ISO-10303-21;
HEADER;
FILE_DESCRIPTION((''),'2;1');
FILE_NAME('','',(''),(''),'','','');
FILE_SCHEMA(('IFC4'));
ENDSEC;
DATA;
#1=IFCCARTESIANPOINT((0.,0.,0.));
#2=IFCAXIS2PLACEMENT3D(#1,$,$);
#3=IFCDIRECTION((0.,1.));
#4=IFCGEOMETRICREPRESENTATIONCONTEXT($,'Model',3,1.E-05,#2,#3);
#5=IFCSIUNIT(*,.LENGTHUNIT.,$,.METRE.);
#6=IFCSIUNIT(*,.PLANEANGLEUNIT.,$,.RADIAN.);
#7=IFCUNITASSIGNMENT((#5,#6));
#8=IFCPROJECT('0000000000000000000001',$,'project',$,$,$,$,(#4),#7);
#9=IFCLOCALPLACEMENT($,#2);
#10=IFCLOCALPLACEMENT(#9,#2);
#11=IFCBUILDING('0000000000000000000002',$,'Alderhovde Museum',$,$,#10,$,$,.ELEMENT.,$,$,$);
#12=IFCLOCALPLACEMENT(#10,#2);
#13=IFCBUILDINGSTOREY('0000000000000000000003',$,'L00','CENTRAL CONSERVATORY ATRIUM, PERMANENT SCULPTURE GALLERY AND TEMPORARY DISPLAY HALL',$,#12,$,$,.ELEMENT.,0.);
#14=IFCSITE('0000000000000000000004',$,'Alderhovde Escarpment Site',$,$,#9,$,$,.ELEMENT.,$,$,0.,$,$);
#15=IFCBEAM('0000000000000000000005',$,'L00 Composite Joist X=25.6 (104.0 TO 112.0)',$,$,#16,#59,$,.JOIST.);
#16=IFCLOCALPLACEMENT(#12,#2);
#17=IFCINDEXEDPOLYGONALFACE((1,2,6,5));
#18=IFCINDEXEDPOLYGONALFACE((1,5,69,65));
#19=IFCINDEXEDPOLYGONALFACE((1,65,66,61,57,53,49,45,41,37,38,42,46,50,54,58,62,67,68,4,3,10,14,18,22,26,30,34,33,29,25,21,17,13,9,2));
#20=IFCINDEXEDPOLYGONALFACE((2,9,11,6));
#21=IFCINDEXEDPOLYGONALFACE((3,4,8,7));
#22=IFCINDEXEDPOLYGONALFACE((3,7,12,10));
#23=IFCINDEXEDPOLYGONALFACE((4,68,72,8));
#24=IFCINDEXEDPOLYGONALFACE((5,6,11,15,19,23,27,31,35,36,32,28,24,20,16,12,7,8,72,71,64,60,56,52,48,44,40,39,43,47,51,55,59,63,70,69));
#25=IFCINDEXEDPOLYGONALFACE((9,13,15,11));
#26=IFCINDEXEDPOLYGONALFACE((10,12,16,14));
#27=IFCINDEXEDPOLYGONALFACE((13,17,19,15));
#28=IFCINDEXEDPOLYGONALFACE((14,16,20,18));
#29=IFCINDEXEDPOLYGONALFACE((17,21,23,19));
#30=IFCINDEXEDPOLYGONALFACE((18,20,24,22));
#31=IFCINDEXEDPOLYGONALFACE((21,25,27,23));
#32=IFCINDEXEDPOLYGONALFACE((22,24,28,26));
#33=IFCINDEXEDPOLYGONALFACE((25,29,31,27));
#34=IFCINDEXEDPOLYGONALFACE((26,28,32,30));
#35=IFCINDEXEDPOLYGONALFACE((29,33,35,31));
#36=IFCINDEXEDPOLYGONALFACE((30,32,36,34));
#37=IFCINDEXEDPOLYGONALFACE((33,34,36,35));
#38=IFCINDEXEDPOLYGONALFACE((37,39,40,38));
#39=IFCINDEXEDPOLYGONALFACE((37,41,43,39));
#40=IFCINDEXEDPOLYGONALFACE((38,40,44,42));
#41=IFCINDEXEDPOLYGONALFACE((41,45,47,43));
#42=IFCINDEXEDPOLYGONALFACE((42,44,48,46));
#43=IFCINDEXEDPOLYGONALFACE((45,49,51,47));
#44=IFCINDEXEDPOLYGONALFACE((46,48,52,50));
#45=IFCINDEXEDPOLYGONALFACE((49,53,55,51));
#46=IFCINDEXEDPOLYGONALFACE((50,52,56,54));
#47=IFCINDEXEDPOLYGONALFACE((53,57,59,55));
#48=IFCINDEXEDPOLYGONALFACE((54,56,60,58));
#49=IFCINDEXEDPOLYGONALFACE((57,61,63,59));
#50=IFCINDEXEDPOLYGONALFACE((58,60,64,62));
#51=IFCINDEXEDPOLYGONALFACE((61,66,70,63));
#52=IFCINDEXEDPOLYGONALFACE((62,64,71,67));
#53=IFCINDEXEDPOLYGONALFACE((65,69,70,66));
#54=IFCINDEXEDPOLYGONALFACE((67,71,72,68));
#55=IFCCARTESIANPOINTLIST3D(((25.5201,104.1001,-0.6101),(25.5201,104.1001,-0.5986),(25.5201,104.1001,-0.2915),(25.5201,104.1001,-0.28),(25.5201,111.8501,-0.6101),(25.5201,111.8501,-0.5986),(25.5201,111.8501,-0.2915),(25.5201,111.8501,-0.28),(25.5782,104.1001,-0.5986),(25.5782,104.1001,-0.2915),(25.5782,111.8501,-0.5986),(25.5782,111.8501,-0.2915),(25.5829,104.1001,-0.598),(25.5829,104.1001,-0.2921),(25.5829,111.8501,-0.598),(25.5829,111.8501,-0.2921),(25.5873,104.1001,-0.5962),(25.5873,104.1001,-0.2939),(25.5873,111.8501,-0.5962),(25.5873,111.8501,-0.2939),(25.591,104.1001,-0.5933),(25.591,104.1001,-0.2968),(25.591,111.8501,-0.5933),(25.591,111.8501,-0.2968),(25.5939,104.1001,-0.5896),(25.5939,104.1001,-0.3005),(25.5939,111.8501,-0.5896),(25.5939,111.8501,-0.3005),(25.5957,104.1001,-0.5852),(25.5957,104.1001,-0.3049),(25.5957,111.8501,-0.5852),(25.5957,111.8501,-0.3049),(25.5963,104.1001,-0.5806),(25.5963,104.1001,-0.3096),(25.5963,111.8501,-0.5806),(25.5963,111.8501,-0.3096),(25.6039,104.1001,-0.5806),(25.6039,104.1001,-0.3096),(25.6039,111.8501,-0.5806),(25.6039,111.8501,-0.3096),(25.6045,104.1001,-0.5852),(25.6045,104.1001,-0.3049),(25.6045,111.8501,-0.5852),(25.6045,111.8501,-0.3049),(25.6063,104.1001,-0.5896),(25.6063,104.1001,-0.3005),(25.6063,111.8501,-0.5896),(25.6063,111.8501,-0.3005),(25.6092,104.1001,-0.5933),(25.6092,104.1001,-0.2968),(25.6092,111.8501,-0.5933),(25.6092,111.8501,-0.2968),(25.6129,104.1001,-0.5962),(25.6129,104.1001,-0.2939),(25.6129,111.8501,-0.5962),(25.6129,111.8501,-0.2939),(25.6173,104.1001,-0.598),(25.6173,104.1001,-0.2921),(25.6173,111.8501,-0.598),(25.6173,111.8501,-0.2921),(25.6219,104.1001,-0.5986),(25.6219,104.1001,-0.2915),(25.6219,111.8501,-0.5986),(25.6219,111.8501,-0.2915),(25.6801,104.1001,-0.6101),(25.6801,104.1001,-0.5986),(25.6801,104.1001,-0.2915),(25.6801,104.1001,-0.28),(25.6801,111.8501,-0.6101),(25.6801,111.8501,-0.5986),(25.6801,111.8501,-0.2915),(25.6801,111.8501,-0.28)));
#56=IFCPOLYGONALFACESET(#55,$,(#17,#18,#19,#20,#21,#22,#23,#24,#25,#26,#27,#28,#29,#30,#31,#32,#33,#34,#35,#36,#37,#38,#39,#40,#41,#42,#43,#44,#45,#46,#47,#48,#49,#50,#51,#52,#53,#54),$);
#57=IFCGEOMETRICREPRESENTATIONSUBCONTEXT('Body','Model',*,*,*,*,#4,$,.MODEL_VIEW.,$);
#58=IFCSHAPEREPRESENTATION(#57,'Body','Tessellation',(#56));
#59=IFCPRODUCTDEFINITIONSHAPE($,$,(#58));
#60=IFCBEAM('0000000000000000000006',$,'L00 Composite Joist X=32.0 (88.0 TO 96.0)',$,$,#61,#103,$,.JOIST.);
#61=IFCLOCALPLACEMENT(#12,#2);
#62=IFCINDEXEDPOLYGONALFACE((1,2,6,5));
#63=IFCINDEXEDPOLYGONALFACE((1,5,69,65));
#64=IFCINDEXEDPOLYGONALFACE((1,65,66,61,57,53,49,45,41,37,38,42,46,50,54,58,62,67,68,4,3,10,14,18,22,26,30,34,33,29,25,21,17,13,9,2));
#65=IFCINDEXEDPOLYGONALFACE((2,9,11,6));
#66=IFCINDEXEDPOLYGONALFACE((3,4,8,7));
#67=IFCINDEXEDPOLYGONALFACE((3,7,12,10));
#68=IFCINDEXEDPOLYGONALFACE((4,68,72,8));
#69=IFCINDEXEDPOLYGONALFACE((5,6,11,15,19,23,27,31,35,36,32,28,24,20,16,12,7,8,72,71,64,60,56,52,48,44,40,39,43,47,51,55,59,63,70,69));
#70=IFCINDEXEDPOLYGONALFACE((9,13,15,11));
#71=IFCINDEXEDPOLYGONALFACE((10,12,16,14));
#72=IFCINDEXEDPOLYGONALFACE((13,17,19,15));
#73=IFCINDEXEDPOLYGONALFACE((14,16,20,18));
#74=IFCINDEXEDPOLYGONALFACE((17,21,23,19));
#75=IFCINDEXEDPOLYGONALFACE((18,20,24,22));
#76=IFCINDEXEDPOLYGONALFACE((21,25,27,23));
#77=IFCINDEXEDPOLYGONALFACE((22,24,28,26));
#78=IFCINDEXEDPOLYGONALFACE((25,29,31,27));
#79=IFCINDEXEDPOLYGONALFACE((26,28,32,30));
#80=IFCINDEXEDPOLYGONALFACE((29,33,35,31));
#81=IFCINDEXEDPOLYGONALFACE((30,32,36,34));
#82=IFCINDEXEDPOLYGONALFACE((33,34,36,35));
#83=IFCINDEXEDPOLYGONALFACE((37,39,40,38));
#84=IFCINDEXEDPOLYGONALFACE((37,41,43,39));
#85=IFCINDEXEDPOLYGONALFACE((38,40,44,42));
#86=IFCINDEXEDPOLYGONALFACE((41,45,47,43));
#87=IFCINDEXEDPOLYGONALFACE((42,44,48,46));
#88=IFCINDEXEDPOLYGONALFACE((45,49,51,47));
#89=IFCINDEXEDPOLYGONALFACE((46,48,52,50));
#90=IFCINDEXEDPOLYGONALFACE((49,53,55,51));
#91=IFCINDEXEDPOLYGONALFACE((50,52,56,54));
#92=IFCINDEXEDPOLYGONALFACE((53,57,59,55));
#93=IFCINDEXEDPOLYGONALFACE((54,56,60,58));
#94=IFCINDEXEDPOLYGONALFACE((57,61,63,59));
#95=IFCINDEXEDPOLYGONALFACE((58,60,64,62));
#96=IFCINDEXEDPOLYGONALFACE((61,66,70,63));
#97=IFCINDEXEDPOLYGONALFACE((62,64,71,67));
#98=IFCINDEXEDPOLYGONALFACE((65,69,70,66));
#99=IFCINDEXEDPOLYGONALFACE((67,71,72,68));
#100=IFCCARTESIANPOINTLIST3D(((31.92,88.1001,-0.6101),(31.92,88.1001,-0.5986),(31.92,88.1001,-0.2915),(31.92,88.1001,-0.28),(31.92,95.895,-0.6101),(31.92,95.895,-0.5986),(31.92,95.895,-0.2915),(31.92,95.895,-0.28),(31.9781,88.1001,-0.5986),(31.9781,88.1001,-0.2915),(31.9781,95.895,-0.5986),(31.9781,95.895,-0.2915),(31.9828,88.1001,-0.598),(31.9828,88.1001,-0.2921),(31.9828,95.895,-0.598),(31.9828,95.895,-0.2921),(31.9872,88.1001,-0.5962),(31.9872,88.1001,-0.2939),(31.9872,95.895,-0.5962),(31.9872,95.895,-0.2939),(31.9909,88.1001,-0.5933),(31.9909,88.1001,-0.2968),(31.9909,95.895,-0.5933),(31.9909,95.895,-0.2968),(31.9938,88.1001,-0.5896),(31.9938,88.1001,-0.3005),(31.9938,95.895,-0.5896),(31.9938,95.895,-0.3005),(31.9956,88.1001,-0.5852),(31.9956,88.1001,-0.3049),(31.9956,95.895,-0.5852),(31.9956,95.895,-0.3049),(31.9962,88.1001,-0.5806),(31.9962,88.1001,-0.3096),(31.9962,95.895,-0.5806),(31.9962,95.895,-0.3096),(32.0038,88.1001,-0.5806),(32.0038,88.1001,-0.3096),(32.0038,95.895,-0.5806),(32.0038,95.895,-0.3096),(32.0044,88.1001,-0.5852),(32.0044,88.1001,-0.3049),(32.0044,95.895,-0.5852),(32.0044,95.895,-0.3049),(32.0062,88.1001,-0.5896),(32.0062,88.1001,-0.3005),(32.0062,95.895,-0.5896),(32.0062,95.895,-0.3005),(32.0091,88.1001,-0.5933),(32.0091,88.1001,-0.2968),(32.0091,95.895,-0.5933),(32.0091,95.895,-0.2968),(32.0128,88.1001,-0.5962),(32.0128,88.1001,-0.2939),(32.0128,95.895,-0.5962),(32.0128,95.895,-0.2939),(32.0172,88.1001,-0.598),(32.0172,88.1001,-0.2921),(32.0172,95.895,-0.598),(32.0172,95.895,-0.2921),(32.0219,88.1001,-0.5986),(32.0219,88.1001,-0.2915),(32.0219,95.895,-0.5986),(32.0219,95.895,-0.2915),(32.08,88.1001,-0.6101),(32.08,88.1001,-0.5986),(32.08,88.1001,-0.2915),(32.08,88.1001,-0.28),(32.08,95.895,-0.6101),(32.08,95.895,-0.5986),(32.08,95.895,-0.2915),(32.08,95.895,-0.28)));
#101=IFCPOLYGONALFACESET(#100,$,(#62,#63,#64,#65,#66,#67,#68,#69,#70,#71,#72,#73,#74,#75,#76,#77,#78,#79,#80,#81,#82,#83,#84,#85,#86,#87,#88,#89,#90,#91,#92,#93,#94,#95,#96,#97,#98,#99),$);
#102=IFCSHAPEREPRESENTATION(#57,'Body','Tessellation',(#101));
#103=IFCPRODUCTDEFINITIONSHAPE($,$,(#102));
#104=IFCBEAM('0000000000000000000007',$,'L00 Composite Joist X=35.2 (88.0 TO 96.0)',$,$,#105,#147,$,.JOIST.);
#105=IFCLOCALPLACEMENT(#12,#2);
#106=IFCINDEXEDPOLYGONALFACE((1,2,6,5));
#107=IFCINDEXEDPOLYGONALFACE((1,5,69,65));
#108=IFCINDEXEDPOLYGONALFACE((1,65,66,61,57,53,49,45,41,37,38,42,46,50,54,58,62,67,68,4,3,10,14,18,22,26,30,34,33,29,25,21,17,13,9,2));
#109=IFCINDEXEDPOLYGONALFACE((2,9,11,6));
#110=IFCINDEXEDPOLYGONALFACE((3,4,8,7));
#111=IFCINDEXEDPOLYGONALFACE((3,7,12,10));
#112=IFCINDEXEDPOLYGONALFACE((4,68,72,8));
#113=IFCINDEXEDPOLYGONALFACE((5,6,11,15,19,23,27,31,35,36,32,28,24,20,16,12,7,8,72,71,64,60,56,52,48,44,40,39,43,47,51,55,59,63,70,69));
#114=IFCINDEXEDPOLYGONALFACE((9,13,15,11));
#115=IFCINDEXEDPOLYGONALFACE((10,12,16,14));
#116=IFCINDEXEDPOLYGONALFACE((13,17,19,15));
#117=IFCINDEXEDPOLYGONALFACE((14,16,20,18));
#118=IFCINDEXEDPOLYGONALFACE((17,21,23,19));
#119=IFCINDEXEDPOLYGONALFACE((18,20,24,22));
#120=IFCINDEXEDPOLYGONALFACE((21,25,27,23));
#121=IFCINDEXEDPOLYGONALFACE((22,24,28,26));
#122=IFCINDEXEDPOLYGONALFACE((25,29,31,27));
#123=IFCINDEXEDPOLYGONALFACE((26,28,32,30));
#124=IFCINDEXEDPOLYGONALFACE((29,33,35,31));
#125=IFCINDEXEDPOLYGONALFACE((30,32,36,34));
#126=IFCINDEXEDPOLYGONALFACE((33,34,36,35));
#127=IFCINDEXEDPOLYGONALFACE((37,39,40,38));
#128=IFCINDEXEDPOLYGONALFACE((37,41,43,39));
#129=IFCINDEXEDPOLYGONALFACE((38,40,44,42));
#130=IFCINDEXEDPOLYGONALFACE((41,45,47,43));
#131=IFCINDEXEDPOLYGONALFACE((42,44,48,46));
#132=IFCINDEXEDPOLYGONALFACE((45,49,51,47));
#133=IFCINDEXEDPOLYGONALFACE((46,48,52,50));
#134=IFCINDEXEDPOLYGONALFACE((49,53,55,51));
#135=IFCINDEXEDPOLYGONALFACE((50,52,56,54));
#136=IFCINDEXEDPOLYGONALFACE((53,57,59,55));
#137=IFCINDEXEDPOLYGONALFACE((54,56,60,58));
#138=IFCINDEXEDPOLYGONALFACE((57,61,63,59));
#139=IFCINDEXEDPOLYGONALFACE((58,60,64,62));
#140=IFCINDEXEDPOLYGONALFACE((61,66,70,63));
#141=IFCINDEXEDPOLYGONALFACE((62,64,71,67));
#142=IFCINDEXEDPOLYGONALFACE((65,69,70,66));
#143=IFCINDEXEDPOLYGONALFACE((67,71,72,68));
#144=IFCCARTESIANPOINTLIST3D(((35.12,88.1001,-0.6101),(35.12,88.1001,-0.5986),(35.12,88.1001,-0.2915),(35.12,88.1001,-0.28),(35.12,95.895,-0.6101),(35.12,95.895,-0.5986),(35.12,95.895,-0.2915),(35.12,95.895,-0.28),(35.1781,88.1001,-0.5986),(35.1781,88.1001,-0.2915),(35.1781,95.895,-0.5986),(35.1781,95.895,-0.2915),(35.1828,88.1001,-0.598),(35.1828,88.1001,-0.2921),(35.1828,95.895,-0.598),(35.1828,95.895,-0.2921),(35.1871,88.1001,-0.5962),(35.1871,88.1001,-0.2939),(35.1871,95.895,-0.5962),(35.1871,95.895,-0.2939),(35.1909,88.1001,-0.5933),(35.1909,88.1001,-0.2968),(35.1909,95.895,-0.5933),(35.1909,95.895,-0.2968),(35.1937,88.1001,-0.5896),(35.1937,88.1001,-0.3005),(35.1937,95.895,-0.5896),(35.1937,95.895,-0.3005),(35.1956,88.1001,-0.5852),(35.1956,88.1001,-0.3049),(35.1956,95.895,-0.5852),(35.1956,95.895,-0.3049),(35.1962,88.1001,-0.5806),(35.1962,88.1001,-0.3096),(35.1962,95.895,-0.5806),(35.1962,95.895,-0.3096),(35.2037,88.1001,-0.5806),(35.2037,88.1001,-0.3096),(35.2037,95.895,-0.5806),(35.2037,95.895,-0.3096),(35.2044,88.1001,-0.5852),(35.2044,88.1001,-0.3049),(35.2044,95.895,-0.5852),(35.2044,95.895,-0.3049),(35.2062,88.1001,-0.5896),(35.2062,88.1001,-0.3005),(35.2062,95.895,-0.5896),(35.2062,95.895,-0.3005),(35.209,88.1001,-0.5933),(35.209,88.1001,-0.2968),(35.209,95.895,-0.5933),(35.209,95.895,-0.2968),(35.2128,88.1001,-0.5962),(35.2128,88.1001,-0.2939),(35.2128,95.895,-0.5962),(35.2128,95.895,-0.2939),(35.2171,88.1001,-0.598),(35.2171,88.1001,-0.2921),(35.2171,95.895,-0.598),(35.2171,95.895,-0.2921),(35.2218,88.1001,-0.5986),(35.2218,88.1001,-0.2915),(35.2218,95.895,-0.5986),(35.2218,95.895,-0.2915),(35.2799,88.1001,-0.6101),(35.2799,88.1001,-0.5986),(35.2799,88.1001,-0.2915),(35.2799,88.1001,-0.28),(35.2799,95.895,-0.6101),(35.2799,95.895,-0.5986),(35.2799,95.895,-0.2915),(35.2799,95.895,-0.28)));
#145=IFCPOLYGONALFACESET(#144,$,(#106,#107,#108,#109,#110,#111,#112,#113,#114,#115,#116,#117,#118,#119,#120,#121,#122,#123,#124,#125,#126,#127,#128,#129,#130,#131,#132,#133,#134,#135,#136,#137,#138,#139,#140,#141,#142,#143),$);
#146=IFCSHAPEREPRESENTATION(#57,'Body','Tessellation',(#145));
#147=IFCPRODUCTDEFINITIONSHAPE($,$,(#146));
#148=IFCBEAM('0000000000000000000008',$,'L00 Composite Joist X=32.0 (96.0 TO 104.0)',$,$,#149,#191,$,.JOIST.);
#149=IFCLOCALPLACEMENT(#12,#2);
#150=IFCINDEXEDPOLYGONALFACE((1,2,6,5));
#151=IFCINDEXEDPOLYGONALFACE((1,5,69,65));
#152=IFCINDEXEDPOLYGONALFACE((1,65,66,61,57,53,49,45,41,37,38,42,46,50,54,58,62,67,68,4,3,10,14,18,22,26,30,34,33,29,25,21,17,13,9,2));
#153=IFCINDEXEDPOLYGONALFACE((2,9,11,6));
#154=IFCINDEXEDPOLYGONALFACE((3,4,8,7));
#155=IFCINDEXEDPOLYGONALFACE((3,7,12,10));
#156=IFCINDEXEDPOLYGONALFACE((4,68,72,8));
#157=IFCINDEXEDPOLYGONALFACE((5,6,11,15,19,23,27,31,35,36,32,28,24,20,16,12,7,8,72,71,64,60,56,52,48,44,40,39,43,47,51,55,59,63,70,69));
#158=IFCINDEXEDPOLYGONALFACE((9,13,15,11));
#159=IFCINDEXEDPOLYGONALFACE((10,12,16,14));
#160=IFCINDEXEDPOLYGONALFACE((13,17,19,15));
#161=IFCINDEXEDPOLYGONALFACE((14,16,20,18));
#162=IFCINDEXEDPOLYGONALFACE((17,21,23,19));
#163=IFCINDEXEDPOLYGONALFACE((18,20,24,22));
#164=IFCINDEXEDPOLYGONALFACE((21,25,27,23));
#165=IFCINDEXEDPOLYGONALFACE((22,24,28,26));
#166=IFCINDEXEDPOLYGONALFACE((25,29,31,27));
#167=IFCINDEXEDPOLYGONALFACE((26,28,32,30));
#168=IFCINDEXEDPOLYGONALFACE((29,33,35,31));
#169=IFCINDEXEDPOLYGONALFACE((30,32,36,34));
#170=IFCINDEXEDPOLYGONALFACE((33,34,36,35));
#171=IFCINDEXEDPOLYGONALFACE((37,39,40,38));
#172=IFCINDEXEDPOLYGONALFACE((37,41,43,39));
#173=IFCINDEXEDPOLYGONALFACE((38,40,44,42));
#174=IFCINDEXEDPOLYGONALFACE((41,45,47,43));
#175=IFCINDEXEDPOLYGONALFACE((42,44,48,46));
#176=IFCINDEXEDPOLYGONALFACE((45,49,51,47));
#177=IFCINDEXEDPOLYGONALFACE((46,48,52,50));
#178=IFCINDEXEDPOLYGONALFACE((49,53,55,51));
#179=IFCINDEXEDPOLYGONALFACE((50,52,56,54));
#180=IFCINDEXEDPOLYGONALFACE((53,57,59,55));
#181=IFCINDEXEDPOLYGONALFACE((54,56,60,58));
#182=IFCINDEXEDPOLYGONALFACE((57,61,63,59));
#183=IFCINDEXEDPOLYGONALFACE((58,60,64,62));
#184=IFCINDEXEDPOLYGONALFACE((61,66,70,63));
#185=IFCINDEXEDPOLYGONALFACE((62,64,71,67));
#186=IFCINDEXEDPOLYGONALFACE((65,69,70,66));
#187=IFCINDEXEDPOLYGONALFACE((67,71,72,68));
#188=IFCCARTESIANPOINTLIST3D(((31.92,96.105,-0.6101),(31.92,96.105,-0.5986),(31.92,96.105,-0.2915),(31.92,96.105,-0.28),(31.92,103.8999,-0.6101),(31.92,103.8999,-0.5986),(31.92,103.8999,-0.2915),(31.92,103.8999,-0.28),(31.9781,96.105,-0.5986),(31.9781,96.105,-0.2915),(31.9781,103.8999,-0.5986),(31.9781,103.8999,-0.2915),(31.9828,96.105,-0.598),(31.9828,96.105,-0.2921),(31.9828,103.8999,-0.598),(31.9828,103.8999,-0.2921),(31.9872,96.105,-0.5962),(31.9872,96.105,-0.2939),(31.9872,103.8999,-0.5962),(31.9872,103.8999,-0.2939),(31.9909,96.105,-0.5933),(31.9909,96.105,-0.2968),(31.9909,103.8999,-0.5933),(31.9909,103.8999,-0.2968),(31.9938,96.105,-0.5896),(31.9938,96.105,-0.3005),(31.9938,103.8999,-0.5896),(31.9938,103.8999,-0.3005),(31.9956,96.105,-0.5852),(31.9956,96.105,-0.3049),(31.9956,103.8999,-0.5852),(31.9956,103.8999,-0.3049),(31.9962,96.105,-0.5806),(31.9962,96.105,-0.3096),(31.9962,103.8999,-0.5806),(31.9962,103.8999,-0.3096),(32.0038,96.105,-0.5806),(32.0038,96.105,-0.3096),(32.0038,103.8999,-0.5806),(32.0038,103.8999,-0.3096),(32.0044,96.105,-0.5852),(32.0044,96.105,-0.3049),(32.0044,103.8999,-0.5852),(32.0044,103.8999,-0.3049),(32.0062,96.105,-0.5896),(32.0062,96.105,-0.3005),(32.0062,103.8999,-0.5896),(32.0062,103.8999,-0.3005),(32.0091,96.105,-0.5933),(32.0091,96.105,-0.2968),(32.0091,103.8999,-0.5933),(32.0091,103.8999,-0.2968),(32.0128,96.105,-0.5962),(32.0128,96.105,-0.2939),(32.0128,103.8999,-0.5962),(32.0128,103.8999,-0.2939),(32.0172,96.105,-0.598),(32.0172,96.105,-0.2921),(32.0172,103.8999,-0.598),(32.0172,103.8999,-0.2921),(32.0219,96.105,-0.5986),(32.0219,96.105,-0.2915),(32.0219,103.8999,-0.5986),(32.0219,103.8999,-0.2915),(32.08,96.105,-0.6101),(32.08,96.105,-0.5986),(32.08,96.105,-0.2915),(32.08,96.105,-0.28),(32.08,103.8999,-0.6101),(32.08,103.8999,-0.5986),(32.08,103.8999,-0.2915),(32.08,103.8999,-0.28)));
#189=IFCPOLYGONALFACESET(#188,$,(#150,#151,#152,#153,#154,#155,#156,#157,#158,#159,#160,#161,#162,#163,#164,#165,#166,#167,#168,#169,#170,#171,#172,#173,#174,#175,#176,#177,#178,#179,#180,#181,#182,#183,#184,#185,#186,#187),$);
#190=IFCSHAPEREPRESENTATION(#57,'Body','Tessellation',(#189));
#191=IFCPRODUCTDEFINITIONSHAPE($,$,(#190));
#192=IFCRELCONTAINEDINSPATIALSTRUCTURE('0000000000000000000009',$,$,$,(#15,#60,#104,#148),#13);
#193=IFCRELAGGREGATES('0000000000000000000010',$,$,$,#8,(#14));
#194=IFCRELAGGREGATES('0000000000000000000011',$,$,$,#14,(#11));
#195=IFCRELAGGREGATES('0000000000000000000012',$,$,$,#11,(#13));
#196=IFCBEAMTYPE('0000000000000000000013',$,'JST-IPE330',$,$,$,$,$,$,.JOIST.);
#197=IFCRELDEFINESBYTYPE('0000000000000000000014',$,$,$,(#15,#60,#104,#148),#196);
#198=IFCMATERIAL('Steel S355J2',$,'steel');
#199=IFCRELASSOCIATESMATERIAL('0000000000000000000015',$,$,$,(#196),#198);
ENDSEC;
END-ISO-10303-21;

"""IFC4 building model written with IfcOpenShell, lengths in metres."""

from ifc_helpers import new_model, si_unit, direction, frame, origin, origin_2d, place, context, subcontext, project, spatial, i_section, extrude, material, material_profile, profile_set, type_object, element, save


model = new_model("IFC4")

# Units and contexts
model_context = context("Model", 3, precision=1e-05, world=origin(), true_north=direction((0.0, 1.0)))
body_context = subcontext(model_context, "Body", "Model", "MODEL_VIEW")
ifc_project = project(units=[si_unit("LENGTHUNIT", "METRE"), si_unit("PLANEANGLEUNIT", "RADIAN")], contexts=[model_context])

# Site, building, storey
site_placement = place(None, origin())
site = spatial("IfcSite", under=ifc_project, at=site_placement, Name="Alderhovde Escarpment Site", CompositionType="ELEMENT", RefElevation=0.0)
building_placement = place(site_placement, origin())
building = spatial("IfcBuilding", under=site, at=building_placement, Name="Alderhovde Museum", CompositionType="ELEMENT")
storey_placement = place(building_placement, origin())
storey = spatial("IfcBuildingStorey", under=building, at=storey_placement, Name="L00", Description="CENTRAL CONSERVATORY ATRIUM, PERMANENT SCULPTURE GALLERY AND TEMPORARY DISPLAY HALL", CompositionType="ELEMENT", Elevation=0.0)

# Beams
ifc_material_1 = material(Name="Steel S355J2", Category="steel")
ifc_material_profile_1 = material_profile(ifc_material_1, i_section(OverallWidth=0.1599, OverallDepth=0.3301, WebThickness=0.0076, FlangeThickness=0.0115, FilletRadius=0.0181, at=origin_2d()), Name="IPE 330")
ifc_profile_set_1 = profile_set([ifc_material_profile_1], Name="Steel S355J2")
beam_type_1 = type_object("IfcBeamType", Name="JST-IPE330", PredefinedType="JOIST", material=ifc_profile_set_1)
beam_1_placement = place(storey_placement, frame((25.6001, 104.1001, -0.4451), z_axis=(0.0, 1.0, 0.0), x_axis=(-1.0, 0.0, 0.0)))
element("IfcBeam", 1, at=beam_1_placement, inside=storey, type_object=beam_type_1, Name="L00 Composite Joist X=25.6 (104.0 TO 112.0)", PredefinedType="JOIST", context=body_context, shape_type="SweptSolid", body=[
    extrude(i_section(OverallWidth=0.1599, OverallDepth=0.3301, WebThickness=0.0076, FlangeThickness=0.0115, FilletRadius=0.0181, at=origin_2d()), origin(), (0.0, 0.0, 1.0), 7.75),
])
for number, where, z_axis, x_axis, name in (
    (2, (32.0, 88.1001, -0.4451), (0.0, 1.0, 0.0), (-1.0, 0.0, 0.0), "L00 Composite Joist X=32.0 (88.0 TO 96.0)"),
    (3, (35.2, 88.1001, -0.4451), (0.0, 1.0, 0.0), (-1.0, 0.0, 0.0), "L00 Composite Joist X=35.2 (88.0 TO 96.0)"),
    (4, (32.0, 96.105, -0.4451), (0.0, 1.0, 0.0), (-1.0, 0.0, 0.0), "L00 Composite Joist X=32.0 (96.0 TO 104.0)"),
):
    element("IfcBeam", number, at=place(storey_placement, frame(where, z_axis=z_axis, x_axis=x_axis)), inside=storey, type_object=beam_type_1, Name=name, PredefinedType="JOIST", context=body_context, shape_type="SweptSolid", body=[
        extrude(i_section(OverallWidth=0.1599, OverallDepth=0.3301, WebThickness=0.0076, FlangeThickness=0.0115, FilletRadius=0.0181, at=origin_2d()), origin(), (0.0, 0.0, 1.0), 7.7949),
    ])

save(model, "model.ifc")
